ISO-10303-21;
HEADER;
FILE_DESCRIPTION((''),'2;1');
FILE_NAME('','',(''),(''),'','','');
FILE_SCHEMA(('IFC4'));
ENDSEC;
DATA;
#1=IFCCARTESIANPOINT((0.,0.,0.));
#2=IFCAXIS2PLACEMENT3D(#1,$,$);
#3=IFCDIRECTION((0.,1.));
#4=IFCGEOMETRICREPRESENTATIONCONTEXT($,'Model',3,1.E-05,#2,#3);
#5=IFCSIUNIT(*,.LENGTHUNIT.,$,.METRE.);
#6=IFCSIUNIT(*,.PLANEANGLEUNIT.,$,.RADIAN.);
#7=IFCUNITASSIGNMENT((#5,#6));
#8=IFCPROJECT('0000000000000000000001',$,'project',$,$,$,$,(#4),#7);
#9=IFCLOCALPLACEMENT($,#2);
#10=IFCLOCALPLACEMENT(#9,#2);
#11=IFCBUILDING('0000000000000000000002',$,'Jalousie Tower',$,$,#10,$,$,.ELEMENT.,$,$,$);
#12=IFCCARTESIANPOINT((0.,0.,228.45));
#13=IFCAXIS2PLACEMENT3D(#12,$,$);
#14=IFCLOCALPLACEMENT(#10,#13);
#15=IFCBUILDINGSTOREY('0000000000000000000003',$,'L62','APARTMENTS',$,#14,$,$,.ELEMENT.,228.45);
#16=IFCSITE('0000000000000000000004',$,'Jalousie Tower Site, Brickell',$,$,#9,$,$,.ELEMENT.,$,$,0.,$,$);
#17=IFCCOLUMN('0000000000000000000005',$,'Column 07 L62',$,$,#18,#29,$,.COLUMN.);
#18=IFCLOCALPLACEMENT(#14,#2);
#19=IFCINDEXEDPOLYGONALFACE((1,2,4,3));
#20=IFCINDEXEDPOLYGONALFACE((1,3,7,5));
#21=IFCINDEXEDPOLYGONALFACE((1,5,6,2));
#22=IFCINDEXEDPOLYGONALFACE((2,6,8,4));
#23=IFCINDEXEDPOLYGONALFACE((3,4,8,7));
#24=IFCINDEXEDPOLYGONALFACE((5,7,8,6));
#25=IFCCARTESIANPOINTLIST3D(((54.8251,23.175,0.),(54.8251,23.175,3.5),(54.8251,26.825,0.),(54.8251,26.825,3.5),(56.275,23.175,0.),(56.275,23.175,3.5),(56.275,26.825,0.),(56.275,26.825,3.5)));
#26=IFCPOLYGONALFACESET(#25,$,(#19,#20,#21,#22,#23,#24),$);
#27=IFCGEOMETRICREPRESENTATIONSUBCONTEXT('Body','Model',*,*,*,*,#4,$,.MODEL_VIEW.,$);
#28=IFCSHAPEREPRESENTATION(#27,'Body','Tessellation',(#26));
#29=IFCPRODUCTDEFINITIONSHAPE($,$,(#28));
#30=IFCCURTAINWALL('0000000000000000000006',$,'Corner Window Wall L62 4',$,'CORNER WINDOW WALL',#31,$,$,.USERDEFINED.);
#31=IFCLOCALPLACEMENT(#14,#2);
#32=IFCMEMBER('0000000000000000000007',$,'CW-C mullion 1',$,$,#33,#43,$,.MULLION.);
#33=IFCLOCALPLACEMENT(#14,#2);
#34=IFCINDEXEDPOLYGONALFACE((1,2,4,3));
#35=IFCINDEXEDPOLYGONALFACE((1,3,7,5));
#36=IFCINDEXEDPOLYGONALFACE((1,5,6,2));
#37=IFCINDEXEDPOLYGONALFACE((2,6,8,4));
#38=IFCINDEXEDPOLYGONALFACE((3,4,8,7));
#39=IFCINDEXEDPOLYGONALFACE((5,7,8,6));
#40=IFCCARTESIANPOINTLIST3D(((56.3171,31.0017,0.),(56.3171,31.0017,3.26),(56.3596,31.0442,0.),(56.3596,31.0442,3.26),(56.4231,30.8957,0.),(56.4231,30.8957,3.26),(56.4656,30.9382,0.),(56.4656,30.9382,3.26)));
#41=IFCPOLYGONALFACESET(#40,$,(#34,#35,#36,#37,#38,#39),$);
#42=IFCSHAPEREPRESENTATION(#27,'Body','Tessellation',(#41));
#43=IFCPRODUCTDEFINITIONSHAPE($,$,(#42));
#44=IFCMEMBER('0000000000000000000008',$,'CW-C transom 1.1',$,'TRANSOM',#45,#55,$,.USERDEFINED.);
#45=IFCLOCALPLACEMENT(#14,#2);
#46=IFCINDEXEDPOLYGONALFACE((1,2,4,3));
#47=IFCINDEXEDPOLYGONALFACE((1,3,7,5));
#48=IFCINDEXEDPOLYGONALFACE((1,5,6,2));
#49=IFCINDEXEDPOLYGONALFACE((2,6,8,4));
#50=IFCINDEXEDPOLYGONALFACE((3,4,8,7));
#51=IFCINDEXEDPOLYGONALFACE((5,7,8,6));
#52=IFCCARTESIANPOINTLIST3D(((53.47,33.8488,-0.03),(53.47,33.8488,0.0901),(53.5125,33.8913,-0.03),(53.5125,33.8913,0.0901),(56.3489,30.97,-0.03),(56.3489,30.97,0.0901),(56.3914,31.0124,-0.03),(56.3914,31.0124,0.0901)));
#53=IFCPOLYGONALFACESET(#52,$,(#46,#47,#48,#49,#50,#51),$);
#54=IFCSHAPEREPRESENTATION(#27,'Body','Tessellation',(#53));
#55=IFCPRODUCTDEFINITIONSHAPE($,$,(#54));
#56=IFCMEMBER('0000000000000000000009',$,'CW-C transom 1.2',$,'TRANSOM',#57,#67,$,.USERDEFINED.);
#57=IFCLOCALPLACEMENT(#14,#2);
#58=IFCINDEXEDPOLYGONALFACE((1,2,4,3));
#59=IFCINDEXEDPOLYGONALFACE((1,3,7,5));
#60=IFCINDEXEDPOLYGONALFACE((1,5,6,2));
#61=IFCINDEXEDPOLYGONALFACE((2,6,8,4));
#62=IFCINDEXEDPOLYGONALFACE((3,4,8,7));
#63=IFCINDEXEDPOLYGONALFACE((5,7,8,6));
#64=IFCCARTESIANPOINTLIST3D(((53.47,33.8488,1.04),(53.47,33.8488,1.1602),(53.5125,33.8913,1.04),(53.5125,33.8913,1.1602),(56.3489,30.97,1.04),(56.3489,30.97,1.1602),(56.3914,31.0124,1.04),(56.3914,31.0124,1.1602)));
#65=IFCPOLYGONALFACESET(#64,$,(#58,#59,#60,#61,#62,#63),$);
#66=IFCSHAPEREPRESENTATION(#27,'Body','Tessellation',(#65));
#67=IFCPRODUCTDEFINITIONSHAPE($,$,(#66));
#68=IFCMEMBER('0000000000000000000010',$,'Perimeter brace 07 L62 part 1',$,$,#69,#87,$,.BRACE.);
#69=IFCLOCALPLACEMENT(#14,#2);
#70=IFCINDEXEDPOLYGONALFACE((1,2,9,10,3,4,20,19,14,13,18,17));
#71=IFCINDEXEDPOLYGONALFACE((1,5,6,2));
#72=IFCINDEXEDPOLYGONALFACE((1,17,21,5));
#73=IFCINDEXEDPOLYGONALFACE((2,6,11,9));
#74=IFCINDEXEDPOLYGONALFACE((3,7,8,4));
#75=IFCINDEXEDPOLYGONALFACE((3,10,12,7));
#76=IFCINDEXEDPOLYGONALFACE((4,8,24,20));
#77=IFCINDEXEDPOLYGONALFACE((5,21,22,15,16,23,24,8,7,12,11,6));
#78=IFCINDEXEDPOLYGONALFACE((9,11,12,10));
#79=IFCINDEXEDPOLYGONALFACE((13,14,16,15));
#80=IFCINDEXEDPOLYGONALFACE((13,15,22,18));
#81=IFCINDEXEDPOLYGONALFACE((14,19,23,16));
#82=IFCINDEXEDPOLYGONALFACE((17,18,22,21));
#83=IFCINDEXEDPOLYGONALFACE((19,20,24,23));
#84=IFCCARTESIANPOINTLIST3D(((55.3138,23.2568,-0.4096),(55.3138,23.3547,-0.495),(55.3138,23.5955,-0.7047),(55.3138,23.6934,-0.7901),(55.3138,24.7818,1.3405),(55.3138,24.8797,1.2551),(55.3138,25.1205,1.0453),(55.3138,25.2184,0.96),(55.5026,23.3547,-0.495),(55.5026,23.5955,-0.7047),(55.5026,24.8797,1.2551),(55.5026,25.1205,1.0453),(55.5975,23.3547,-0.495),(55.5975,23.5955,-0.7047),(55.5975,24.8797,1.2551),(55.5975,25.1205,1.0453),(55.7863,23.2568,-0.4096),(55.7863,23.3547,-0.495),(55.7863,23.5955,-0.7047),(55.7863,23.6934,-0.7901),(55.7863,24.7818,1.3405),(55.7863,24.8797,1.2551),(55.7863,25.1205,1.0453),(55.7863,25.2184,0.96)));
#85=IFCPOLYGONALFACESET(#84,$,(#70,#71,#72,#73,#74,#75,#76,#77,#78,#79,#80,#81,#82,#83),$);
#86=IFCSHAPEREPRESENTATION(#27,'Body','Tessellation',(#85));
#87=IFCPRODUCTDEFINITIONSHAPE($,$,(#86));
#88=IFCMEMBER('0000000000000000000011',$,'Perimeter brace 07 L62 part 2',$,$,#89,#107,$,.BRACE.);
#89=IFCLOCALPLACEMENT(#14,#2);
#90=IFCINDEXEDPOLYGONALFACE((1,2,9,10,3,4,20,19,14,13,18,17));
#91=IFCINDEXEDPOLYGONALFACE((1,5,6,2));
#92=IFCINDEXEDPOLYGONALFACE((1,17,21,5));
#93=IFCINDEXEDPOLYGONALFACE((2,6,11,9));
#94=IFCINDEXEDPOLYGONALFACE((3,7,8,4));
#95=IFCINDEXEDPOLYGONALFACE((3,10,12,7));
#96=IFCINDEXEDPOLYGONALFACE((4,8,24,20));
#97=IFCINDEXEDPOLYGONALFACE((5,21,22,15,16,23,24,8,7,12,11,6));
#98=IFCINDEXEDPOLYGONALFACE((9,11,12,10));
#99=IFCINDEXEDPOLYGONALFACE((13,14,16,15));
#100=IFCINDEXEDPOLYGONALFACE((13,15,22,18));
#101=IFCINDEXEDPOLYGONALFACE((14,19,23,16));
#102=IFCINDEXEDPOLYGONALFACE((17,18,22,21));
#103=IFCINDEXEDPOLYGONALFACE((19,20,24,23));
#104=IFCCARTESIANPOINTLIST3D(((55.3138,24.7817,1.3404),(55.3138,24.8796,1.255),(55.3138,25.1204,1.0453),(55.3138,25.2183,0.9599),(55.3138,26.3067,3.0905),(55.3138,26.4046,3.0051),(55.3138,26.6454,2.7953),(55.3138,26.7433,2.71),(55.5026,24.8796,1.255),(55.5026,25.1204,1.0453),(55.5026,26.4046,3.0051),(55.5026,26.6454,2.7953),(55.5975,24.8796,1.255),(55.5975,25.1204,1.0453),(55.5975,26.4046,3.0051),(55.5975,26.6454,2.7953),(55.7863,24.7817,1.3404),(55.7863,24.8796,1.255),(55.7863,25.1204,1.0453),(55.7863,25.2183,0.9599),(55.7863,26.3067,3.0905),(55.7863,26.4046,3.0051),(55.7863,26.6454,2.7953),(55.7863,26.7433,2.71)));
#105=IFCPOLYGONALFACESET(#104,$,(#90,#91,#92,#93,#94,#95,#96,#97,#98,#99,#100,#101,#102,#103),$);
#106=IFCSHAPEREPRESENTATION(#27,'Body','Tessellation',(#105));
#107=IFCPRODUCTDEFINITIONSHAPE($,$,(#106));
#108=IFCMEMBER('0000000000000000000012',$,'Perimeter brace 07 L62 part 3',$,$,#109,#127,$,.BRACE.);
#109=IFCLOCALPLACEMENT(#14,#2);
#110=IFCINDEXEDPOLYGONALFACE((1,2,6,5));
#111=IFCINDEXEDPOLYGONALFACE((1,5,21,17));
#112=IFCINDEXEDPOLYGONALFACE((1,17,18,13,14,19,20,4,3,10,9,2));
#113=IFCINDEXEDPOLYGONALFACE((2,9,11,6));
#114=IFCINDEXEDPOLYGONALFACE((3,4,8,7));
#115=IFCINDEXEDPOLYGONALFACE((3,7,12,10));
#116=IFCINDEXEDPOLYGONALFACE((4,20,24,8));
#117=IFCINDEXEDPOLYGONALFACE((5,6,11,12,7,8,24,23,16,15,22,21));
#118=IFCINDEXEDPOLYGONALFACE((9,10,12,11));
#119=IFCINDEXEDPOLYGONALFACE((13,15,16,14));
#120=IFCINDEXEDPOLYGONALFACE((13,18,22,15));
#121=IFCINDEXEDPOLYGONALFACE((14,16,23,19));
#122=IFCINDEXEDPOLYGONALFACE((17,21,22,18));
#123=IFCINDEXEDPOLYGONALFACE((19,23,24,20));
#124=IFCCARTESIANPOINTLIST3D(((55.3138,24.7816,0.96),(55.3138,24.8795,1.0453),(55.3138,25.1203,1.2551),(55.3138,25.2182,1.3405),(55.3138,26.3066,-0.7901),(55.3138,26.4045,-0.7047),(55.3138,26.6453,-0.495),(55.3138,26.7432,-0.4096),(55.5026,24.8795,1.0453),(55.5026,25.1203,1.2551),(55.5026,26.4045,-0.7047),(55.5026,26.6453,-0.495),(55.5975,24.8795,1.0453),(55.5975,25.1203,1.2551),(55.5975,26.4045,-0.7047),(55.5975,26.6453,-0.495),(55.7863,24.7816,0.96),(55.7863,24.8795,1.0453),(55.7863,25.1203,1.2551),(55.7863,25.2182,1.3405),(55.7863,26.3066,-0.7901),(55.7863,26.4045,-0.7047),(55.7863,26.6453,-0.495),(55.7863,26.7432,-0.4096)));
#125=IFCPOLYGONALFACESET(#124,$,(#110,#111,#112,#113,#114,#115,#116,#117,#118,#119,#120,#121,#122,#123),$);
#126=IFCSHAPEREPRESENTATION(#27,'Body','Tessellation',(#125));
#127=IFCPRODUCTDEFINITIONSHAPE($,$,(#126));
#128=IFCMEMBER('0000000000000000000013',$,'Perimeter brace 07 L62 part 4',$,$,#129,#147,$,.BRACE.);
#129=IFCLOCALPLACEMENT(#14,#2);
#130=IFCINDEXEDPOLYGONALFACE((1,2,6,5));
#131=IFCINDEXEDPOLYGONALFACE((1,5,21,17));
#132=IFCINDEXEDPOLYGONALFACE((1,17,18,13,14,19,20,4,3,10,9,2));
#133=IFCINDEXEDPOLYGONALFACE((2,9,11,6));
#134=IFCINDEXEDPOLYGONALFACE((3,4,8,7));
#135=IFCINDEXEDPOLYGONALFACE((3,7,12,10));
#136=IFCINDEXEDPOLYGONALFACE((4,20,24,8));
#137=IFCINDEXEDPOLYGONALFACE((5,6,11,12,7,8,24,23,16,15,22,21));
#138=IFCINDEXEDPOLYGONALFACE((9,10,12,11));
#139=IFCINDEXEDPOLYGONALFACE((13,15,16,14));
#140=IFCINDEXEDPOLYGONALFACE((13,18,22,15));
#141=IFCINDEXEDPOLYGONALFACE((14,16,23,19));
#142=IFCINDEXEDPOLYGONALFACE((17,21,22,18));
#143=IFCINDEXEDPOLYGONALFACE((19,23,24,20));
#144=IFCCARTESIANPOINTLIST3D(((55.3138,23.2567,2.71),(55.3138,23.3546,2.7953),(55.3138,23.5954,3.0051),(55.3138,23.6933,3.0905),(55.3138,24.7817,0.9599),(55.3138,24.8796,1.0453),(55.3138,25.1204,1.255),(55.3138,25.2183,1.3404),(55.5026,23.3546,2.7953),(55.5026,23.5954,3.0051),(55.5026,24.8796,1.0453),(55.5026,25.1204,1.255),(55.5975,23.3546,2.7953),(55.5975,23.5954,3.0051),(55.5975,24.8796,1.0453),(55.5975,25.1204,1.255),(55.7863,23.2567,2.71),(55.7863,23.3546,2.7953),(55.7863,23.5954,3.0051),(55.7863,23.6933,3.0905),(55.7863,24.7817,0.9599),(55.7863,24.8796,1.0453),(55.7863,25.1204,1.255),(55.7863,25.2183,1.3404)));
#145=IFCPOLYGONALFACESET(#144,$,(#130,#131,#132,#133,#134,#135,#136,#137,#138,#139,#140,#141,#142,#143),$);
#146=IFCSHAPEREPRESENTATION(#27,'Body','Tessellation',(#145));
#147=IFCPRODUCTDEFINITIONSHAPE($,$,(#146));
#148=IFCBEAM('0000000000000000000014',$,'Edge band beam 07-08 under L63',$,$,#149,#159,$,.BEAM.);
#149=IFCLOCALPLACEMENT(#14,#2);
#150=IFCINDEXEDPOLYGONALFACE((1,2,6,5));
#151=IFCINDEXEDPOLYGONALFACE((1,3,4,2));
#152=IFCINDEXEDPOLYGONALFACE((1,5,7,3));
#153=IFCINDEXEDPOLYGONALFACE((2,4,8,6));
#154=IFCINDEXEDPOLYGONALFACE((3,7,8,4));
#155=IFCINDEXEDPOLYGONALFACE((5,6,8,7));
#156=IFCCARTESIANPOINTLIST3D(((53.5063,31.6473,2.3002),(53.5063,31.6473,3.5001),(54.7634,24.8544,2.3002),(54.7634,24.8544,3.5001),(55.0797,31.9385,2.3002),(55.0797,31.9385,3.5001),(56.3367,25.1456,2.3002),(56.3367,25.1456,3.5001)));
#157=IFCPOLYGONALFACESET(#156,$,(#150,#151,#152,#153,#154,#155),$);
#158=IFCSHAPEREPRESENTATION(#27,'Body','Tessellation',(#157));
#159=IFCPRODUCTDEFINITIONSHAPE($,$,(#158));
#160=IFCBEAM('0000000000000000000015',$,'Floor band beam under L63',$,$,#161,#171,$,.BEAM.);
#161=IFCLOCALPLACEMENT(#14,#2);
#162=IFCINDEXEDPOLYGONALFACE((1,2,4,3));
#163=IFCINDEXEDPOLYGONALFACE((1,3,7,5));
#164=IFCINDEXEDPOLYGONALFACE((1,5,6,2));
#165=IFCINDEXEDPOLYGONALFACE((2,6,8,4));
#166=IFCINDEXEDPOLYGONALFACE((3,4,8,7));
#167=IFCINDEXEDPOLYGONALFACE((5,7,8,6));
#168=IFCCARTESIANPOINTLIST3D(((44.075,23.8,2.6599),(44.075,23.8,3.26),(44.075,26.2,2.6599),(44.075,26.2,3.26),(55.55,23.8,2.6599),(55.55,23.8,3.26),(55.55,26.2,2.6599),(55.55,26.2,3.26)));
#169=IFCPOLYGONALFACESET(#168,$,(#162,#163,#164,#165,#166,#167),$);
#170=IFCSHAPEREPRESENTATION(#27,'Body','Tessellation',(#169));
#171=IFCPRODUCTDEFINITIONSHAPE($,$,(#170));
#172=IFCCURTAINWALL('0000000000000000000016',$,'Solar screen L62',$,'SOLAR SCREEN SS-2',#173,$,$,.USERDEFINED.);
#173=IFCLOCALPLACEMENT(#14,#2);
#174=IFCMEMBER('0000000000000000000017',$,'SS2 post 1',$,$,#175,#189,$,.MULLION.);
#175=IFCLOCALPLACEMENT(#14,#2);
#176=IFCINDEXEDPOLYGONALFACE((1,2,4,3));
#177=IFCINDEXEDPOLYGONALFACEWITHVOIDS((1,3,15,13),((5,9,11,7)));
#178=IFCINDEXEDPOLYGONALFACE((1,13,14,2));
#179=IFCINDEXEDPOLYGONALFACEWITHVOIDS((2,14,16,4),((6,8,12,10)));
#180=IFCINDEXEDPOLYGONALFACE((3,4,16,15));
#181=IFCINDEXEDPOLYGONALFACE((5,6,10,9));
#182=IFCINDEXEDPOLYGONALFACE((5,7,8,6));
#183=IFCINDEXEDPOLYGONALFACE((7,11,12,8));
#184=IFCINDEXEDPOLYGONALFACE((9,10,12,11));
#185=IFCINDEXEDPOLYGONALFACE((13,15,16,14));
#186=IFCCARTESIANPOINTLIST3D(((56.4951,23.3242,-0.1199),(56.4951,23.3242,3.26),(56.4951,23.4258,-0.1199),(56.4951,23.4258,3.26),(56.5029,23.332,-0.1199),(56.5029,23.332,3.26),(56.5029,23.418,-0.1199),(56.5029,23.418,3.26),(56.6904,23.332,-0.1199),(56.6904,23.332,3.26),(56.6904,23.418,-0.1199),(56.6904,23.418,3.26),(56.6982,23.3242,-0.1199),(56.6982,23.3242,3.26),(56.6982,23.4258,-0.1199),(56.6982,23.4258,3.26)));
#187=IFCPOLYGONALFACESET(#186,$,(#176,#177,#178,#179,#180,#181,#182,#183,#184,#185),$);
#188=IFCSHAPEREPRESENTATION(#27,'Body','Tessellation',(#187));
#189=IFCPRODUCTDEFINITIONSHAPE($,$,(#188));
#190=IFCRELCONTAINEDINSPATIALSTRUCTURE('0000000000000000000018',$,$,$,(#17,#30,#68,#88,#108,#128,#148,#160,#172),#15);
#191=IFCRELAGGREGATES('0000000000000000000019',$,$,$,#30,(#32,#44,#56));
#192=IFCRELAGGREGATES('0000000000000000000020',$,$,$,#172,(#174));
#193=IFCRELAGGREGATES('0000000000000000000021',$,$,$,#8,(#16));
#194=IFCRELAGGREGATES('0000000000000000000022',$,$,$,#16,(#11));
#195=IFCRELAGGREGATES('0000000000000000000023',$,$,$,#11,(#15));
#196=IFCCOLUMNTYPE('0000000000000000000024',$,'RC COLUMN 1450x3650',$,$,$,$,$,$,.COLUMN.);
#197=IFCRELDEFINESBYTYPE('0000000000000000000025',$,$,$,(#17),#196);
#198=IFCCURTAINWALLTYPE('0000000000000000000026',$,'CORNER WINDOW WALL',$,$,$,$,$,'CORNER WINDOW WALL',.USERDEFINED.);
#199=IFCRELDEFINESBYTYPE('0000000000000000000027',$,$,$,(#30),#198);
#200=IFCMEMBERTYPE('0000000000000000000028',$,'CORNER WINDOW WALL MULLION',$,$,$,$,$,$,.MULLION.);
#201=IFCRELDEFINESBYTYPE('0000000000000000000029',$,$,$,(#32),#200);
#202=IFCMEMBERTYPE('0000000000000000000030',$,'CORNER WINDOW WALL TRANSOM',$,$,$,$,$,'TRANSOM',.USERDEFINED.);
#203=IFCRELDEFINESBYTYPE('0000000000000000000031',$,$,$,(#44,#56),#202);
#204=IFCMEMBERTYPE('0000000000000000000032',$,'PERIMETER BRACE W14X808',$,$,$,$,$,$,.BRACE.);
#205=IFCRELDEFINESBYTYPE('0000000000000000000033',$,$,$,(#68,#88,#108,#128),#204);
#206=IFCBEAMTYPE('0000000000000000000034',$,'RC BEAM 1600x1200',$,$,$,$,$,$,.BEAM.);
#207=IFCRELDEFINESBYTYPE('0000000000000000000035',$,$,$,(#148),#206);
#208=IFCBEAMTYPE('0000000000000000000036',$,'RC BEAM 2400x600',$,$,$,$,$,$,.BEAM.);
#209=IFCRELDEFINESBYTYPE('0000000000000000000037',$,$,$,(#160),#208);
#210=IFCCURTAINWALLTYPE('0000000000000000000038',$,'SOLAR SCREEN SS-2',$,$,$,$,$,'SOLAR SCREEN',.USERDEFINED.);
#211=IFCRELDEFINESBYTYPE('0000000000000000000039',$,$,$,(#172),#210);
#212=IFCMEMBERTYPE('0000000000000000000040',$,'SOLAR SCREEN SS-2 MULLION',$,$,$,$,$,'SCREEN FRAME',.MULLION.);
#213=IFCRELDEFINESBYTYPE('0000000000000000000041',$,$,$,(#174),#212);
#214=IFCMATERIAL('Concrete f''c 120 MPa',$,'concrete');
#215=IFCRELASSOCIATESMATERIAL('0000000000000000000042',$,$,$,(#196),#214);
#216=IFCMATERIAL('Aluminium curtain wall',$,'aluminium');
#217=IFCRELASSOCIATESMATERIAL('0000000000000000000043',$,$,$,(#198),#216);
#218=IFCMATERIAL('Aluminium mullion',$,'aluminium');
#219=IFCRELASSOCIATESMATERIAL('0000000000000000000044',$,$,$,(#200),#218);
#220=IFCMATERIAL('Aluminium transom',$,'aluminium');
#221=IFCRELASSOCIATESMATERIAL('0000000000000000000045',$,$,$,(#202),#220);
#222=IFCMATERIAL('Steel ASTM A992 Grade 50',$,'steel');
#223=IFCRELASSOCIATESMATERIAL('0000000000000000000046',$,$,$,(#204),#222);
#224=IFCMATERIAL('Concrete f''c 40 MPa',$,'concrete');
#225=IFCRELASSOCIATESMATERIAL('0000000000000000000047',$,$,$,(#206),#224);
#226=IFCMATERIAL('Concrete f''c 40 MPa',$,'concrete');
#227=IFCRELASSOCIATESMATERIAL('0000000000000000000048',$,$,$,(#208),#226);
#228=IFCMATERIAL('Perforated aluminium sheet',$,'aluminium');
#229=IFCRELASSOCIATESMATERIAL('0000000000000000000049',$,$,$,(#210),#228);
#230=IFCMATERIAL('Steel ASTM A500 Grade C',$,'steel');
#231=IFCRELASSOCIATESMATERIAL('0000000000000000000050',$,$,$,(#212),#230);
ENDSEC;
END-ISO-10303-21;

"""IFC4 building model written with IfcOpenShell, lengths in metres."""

from ifc_helpers import new_model, si_unit, direction, frame, origin, origin_2d, place, context, subcontext, project, spatial, rectangle, hollow_rectangle, i_section, extrude, material, material_profile, profile_set, type_object, element, aggregate, save


model = new_model("IFC4")

# Units and contexts
model_context = context("Model", 3, precision=1e-05, world=origin(), true_north=direction((0.0, 1.0)))
body_context = subcontext(model_context, "Body", "Model", "MODEL_VIEW")
ifc_project = project(units=[si_unit("LENGTHUNIT", "METRE"), si_unit("PLANEANGLEUNIT", "RADIAN")], contexts=[model_context])

# Site, building, storey
site_placement = place(None, origin())
site = spatial("IfcSite", under=ifc_project, at=site_placement, Name="Jalousie Tower Site, Brickell", CompositionType="ELEMENT", RefElevation=0.0)
building_placement = place(site_placement, origin())
building = spatial("IfcBuilding", under=site, at=building_placement, Name="Jalousie Tower", CompositionType="ELEMENT")
storey_placement = place(building_placement, frame((0.0, 0.0, 228.45)))
storey = spatial("IfcBuildingStorey", under=building, at=storey_placement, Name="L62", Description="APARTMENTS", CompositionType="ELEMENT", Elevation=228.45)

# Column
ifc_material_1 = material(Name="Concrete f'c 120 MPa", Category="concrete")
ifc_material_profile_1 = material_profile(ifc_material_1, rectangle(XDim=1.45, YDim=3.6499, at=origin_2d()), Name="RC 1450x3650")
ifc_profile_set_1 = profile_set([ifc_material_profile_1], Name="Concrete f'c 120 MPa")
column_type = type_object("IfcColumnType", Name="RC COLUMN 1450x3650", PredefinedType="COLUMN", material=ifc_profile_set_1)
column_placement = place(storey_placement, frame((55.55, 25.0, 0.0), z_axis=(0.0, 0.0, 1.0), x_axis=(1.0, 0.0, 0.0)))
element("IfcColumn", 1, at=column_placement, inside=storey, type_object=column_type, Name="Column 07 L62", PredefinedType="COLUMN", context=body_context, shape_type="SweptSolid", body=[
    extrude(rectangle(XDim=1.45, YDim=3.6499, at=origin_2d()), origin(), (0.0, 0.0, 1.0), 3.5),
])

# Curtain wall, members
ifc_material_2 = material(Name="Aluminium curtain wall", Category="aluminium")
curtain_wall_type_1 = type_object("IfcCurtainWallType", Name="CORNER WINDOW WALL", ElementType="CORNER WINDOW WALL", PredefinedType="USERDEFINED", material=ifc_material_2)
curtain_wall_1_placement = place(storey_placement, origin())
curtain_wall_1 = element("IfcCurtainWall", 2, at=curtain_wall_1_placement, inside=storey, type_object=curtain_wall_type_1, Name="Corner Window Wall L62 4", ObjectType="CORNER WINDOW WALL", PredefinedType="USERDEFINED")
ifc_material_3 = material(Name="Aluminium mullion", Category="aluminium")
ifc_material_profile_2 = material_profile(ifc_material_3, rectangle(XDim=0.0601, YDim=0.1499, at=origin_2d()), Name="MULLION 60x150")
ifc_profile_set_2 = profile_set([ifc_material_profile_2], Name="Aluminium mullion")
member_type_1 = type_object("IfcMemberType", Name="CORNER WINDOW WALL MULLION", PredefinedType="MULLION", material=ifc_profile_set_2)
member_1_placement = place(storey_placement, frame((56.3914, 30.97, 0.0), z_axis=(0.0, 0.0, 1.0), x_axis=(-0.707107, -0.707107, 0.0)))
member_1 = element("IfcMember", 3, at=member_1_placement, type_object=member_type_1, Name="CW-C mullion 1", PredefinedType="MULLION", context=body_context, shape_type="SweptSolid", body=[
    extrude(rectangle(XDim=0.0601, YDim=0.1499, at=origin_2d()), origin(), (0.0, 0.0, 1.0), 3.26),
])
ifc_material_4 = material(Name="Aluminium transom", Category="aluminium")
ifc_material_profile_3 = material_profile(ifc_material_4, rectangle(XDim=0.0601, YDim=0.1201, at=origin_2d()), Name="TRANSOM 60x120")
ifc_profile_set_3 = profile_set([ifc_material_profile_3], Name="Aluminium transom")
member_type_2 = type_object("IfcMemberType", Name="CORNER WINDOW WALL TRANSOM", ElementType="TRANSOM", PredefinedType="USERDEFINED", material=ifc_profile_set_3)
member_2_placement = place(storey_placement, frame((56.3701, 30.9912, 0.03), z_axis=(-0.707107, 0.707107, 0.0), x_axis=(-0.707107, -0.707107, 0.0)))
member_2 = element("IfcMember", 4, at=member_2_placement, type_object=member_type_2, Name="CW-C transom 1.1", ObjectType="TRANSOM", PredefinedType="USERDEFINED", context=body_context, shape_type="SweptSolid", body=[
    extrude(rectangle(XDim=0.0601, YDim=0.1201, at=origin_2d()), origin(), (0.0, 0.0, 1.0), 4.0713),
])
member_3_placement = place(storey_placement, frame((56.3701, 30.9912, 1.1001), z_axis=(-0.707107, 0.707107, 0.0), x_axis=(-0.707107, -0.707107, 0.0)))
member_3 = element("IfcMember", 5, at=member_3_placement, type_object=member_type_2, Name="CW-C transom 1.2", ObjectType="TRANSOM", PredefinedType="USERDEFINED", context=body_context, shape_type="SweptSolid", body=[
    extrude(rectangle(XDim=0.0601, YDim=0.1201, at=origin_2d()), origin(), (0.0, 0.0, 1.0), 4.0713),
])
aggregate(curtain_wall_1, [member_1, member_2, member_3])

# Members
ifc_material_5 = material(Name="Steel ASTM A992 Grade 50", Category="steel")
ifc_material_profile_4 = material_profile(ifc_material_5, i_section(OverallWidth=0.4724, OverallDepth=0.5791, WebThickness=0.095, FlangeThickness=0.1299, at=origin_2d()), Name="W14X808")
ifc_profile_set_4 = profile_set([ifc_material_profile_4], Name="Steel ASTM A992 Grade 50")
member_type_3 = type_object("IfcMemberType", Name="PERIMETER BRACE W14X808", PredefinedType="BRACE", material=ifc_profile_set_4)
for number, where, z_axis, x_axis, name in (
    (6, (55.55, 23.4751, -0.5999), (0.0, 0.656954, 0.75393), (-1.0, 0.0, 0.0), "Perimeter brace 07 L62 part 1"),
    (7, (55.55, 25.0, 1.1501), (0.0, 0.656954, 0.75393), (-1.0, 0.0, 0.0), "Perimeter brace 07 L62 part 2"),
    (8, (55.55, 26.5249, -0.5999), (0.0, -0.656954, 0.75393), (1.0, 0.0, 0.0), "Perimeter brace 07 L62 part 3"),
    (9, (55.55, 25.0, 1.1501), (0.0, -0.656954, 0.75393), (1.0, 0.0, 0.0), "Perimeter brace 07 L62 part 4"),
):
    element("IfcMember", number, at=place(storey_placement, frame(where, z_axis=z_axis, x_axis=x_axis)), inside=storey, type_object=member_type_3, Name=name, PredefinedType="BRACE", context=body_context, shape_type="SweptSolid", body=[
        extrude(i_section(OverallWidth=0.4724, OverallDepth=0.5791, WebThickness=0.095, FlangeThickness=0.1299, at=origin_2d()), origin(), (0.0, 0.0, 1.0), 2.3213),
    ])

# Beams
ifc_material_6 = material(Name="Concrete f'c 40 MPa", Category="concrete")
ifc_material_profile_5 = material_profile(ifc_material_6, rectangle(XDim=1.6001, YDim=1.2, at=origin_2d()), Name="RC 1600x1200")
ifc_profile_set_5 = profile_set([ifc_material_profile_5], Name="Concrete f'c 40 MPa")
beam_type_1 = type_object("IfcBeamType", Name="RC BEAM 1600x1200", PredefinedType="BEAM", material=ifc_profile_set_5)
beam_1_placement = place(storey_placement, frame((55.55, 25.0, 2.9001), z_axis=(-0.181967, 0.983305, 0.0), x_axis=(-0.983305, -0.181967, 0.0)))
element("IfcBeam", 10, at=beam_1_placement, inside=storey, type_object=beam_type_1, Name="Edge band beam 07-08 under L63", PredefinedType="BEAM", context=body_context, shape_type="SweptSolid", body=[
    extrude(rectangle(XDim=1.6001, YDim=1.2, at=origin_2d()), origin(), (0.0, 0.0, 1.0), 6.9082),
])
ifc_material_7 = material(Name="Concrete f'c 40 MPa", Category="concrete")
ifc_material_profile_6 = material_profile(ifc_material_7, rectangle(XDim=2.3999, YDim=0.6001, at=origin_2d()), Name="RC 2400x600")
ifc_profile_set_6 = profile_set([ifc_material_profile_6], Name="Concrete f'c 40 MPa")
beam_type_2 = type_object("IfcBeamType", Name="RC BEAM 2400x600", PredefinedType="BEAM", material=ifc_profile_set_6)
beam_2_placement = place(storey_placement, frame((55.55, 25.0, 2.96), z_axis=(-1.0, 0.0, 0.0), x_axis=(0.0, -1.0, 0.0)))
element("IfcBeam", 11, at=beam_2_placement, inside=storey, type_object=beam_type_2, Name="Floor band beam under L63", PredefinedType="BEAM", context=body_context, shape_type="SweptSolid", body=[
    extrude(rectangle(XDim=2.3999, YDim=0.6001, at=origin_2d()), origin(), (0.0, 0.0, 1.0), 11.4751),
])

# Curtain wall, member
ifc_material_8 = material(Name="Perforated aluminium sheet", Category="aluminium")
curtain_wall_type_2 = type_object("IfcCurtainWallType", Name="SOLAR SCREEN SS-2", ElementType="SOLAR SCREEN", PredefinedType="USERDEFINED", material=ifc_material_8)
curtain_wall_2_placement = place(storey_placement, origin())
curtain_wall_2 = element("IfcCurtainWall", 12, at=curtain_wall_2_placement, inside=storey, type_object=curtain_wall_type_2, Name="Solar screen L62", ObjectType="SOLAR SCREEN SS-2", PredefinedType="USERDEFINED")
ifc_material_9 = material(Name="Steel ASTM A500 Grade C", Category="steel")
ifc_material_profile_7 = material_profile(ifc_material_9, hollow_rectangle(XDim=0.1016, YDim=0.2031, WallThickness=0.0078, at=origin_2d()), Name="HSS8X4X5/16")
ifc_profile_set_7 = profile_set([ifc_material_profile_7], Name="Steel ASTM A500 Grade C")
member_type_4 = type_object("IfcMemberType", Name="SOLAR SCREEN SS-2 MULLION", ElementType="SCREEN FRAME", PredefinedType="MULLION", material=ifc_profile_set_7)
member_4_placement = place(storey_placement, frame((56.5967, 23.375, -0.1199), z_axis=(0.0, 0.0, 1.0), x_axis=(0.0, 1.0, 0.0)))
member_4 = element("IfcMember", 13, at=member_4_placement, type_object=member_type_4, Name="SS2 post 1", PredefinedType="MULLION", context=body_context, shape_type="SweptSolid", body=[
    extrude(hollow_rectangle(XDim=0.1016, YDim=0.2031, WallThickness=0.0078, at=origin_2d()), origin(), (0.0, 0.0, 1.0), 3.3799),
])
aggregate(curtain_wall_2, [member_4])

save(model, "model.ifc")
